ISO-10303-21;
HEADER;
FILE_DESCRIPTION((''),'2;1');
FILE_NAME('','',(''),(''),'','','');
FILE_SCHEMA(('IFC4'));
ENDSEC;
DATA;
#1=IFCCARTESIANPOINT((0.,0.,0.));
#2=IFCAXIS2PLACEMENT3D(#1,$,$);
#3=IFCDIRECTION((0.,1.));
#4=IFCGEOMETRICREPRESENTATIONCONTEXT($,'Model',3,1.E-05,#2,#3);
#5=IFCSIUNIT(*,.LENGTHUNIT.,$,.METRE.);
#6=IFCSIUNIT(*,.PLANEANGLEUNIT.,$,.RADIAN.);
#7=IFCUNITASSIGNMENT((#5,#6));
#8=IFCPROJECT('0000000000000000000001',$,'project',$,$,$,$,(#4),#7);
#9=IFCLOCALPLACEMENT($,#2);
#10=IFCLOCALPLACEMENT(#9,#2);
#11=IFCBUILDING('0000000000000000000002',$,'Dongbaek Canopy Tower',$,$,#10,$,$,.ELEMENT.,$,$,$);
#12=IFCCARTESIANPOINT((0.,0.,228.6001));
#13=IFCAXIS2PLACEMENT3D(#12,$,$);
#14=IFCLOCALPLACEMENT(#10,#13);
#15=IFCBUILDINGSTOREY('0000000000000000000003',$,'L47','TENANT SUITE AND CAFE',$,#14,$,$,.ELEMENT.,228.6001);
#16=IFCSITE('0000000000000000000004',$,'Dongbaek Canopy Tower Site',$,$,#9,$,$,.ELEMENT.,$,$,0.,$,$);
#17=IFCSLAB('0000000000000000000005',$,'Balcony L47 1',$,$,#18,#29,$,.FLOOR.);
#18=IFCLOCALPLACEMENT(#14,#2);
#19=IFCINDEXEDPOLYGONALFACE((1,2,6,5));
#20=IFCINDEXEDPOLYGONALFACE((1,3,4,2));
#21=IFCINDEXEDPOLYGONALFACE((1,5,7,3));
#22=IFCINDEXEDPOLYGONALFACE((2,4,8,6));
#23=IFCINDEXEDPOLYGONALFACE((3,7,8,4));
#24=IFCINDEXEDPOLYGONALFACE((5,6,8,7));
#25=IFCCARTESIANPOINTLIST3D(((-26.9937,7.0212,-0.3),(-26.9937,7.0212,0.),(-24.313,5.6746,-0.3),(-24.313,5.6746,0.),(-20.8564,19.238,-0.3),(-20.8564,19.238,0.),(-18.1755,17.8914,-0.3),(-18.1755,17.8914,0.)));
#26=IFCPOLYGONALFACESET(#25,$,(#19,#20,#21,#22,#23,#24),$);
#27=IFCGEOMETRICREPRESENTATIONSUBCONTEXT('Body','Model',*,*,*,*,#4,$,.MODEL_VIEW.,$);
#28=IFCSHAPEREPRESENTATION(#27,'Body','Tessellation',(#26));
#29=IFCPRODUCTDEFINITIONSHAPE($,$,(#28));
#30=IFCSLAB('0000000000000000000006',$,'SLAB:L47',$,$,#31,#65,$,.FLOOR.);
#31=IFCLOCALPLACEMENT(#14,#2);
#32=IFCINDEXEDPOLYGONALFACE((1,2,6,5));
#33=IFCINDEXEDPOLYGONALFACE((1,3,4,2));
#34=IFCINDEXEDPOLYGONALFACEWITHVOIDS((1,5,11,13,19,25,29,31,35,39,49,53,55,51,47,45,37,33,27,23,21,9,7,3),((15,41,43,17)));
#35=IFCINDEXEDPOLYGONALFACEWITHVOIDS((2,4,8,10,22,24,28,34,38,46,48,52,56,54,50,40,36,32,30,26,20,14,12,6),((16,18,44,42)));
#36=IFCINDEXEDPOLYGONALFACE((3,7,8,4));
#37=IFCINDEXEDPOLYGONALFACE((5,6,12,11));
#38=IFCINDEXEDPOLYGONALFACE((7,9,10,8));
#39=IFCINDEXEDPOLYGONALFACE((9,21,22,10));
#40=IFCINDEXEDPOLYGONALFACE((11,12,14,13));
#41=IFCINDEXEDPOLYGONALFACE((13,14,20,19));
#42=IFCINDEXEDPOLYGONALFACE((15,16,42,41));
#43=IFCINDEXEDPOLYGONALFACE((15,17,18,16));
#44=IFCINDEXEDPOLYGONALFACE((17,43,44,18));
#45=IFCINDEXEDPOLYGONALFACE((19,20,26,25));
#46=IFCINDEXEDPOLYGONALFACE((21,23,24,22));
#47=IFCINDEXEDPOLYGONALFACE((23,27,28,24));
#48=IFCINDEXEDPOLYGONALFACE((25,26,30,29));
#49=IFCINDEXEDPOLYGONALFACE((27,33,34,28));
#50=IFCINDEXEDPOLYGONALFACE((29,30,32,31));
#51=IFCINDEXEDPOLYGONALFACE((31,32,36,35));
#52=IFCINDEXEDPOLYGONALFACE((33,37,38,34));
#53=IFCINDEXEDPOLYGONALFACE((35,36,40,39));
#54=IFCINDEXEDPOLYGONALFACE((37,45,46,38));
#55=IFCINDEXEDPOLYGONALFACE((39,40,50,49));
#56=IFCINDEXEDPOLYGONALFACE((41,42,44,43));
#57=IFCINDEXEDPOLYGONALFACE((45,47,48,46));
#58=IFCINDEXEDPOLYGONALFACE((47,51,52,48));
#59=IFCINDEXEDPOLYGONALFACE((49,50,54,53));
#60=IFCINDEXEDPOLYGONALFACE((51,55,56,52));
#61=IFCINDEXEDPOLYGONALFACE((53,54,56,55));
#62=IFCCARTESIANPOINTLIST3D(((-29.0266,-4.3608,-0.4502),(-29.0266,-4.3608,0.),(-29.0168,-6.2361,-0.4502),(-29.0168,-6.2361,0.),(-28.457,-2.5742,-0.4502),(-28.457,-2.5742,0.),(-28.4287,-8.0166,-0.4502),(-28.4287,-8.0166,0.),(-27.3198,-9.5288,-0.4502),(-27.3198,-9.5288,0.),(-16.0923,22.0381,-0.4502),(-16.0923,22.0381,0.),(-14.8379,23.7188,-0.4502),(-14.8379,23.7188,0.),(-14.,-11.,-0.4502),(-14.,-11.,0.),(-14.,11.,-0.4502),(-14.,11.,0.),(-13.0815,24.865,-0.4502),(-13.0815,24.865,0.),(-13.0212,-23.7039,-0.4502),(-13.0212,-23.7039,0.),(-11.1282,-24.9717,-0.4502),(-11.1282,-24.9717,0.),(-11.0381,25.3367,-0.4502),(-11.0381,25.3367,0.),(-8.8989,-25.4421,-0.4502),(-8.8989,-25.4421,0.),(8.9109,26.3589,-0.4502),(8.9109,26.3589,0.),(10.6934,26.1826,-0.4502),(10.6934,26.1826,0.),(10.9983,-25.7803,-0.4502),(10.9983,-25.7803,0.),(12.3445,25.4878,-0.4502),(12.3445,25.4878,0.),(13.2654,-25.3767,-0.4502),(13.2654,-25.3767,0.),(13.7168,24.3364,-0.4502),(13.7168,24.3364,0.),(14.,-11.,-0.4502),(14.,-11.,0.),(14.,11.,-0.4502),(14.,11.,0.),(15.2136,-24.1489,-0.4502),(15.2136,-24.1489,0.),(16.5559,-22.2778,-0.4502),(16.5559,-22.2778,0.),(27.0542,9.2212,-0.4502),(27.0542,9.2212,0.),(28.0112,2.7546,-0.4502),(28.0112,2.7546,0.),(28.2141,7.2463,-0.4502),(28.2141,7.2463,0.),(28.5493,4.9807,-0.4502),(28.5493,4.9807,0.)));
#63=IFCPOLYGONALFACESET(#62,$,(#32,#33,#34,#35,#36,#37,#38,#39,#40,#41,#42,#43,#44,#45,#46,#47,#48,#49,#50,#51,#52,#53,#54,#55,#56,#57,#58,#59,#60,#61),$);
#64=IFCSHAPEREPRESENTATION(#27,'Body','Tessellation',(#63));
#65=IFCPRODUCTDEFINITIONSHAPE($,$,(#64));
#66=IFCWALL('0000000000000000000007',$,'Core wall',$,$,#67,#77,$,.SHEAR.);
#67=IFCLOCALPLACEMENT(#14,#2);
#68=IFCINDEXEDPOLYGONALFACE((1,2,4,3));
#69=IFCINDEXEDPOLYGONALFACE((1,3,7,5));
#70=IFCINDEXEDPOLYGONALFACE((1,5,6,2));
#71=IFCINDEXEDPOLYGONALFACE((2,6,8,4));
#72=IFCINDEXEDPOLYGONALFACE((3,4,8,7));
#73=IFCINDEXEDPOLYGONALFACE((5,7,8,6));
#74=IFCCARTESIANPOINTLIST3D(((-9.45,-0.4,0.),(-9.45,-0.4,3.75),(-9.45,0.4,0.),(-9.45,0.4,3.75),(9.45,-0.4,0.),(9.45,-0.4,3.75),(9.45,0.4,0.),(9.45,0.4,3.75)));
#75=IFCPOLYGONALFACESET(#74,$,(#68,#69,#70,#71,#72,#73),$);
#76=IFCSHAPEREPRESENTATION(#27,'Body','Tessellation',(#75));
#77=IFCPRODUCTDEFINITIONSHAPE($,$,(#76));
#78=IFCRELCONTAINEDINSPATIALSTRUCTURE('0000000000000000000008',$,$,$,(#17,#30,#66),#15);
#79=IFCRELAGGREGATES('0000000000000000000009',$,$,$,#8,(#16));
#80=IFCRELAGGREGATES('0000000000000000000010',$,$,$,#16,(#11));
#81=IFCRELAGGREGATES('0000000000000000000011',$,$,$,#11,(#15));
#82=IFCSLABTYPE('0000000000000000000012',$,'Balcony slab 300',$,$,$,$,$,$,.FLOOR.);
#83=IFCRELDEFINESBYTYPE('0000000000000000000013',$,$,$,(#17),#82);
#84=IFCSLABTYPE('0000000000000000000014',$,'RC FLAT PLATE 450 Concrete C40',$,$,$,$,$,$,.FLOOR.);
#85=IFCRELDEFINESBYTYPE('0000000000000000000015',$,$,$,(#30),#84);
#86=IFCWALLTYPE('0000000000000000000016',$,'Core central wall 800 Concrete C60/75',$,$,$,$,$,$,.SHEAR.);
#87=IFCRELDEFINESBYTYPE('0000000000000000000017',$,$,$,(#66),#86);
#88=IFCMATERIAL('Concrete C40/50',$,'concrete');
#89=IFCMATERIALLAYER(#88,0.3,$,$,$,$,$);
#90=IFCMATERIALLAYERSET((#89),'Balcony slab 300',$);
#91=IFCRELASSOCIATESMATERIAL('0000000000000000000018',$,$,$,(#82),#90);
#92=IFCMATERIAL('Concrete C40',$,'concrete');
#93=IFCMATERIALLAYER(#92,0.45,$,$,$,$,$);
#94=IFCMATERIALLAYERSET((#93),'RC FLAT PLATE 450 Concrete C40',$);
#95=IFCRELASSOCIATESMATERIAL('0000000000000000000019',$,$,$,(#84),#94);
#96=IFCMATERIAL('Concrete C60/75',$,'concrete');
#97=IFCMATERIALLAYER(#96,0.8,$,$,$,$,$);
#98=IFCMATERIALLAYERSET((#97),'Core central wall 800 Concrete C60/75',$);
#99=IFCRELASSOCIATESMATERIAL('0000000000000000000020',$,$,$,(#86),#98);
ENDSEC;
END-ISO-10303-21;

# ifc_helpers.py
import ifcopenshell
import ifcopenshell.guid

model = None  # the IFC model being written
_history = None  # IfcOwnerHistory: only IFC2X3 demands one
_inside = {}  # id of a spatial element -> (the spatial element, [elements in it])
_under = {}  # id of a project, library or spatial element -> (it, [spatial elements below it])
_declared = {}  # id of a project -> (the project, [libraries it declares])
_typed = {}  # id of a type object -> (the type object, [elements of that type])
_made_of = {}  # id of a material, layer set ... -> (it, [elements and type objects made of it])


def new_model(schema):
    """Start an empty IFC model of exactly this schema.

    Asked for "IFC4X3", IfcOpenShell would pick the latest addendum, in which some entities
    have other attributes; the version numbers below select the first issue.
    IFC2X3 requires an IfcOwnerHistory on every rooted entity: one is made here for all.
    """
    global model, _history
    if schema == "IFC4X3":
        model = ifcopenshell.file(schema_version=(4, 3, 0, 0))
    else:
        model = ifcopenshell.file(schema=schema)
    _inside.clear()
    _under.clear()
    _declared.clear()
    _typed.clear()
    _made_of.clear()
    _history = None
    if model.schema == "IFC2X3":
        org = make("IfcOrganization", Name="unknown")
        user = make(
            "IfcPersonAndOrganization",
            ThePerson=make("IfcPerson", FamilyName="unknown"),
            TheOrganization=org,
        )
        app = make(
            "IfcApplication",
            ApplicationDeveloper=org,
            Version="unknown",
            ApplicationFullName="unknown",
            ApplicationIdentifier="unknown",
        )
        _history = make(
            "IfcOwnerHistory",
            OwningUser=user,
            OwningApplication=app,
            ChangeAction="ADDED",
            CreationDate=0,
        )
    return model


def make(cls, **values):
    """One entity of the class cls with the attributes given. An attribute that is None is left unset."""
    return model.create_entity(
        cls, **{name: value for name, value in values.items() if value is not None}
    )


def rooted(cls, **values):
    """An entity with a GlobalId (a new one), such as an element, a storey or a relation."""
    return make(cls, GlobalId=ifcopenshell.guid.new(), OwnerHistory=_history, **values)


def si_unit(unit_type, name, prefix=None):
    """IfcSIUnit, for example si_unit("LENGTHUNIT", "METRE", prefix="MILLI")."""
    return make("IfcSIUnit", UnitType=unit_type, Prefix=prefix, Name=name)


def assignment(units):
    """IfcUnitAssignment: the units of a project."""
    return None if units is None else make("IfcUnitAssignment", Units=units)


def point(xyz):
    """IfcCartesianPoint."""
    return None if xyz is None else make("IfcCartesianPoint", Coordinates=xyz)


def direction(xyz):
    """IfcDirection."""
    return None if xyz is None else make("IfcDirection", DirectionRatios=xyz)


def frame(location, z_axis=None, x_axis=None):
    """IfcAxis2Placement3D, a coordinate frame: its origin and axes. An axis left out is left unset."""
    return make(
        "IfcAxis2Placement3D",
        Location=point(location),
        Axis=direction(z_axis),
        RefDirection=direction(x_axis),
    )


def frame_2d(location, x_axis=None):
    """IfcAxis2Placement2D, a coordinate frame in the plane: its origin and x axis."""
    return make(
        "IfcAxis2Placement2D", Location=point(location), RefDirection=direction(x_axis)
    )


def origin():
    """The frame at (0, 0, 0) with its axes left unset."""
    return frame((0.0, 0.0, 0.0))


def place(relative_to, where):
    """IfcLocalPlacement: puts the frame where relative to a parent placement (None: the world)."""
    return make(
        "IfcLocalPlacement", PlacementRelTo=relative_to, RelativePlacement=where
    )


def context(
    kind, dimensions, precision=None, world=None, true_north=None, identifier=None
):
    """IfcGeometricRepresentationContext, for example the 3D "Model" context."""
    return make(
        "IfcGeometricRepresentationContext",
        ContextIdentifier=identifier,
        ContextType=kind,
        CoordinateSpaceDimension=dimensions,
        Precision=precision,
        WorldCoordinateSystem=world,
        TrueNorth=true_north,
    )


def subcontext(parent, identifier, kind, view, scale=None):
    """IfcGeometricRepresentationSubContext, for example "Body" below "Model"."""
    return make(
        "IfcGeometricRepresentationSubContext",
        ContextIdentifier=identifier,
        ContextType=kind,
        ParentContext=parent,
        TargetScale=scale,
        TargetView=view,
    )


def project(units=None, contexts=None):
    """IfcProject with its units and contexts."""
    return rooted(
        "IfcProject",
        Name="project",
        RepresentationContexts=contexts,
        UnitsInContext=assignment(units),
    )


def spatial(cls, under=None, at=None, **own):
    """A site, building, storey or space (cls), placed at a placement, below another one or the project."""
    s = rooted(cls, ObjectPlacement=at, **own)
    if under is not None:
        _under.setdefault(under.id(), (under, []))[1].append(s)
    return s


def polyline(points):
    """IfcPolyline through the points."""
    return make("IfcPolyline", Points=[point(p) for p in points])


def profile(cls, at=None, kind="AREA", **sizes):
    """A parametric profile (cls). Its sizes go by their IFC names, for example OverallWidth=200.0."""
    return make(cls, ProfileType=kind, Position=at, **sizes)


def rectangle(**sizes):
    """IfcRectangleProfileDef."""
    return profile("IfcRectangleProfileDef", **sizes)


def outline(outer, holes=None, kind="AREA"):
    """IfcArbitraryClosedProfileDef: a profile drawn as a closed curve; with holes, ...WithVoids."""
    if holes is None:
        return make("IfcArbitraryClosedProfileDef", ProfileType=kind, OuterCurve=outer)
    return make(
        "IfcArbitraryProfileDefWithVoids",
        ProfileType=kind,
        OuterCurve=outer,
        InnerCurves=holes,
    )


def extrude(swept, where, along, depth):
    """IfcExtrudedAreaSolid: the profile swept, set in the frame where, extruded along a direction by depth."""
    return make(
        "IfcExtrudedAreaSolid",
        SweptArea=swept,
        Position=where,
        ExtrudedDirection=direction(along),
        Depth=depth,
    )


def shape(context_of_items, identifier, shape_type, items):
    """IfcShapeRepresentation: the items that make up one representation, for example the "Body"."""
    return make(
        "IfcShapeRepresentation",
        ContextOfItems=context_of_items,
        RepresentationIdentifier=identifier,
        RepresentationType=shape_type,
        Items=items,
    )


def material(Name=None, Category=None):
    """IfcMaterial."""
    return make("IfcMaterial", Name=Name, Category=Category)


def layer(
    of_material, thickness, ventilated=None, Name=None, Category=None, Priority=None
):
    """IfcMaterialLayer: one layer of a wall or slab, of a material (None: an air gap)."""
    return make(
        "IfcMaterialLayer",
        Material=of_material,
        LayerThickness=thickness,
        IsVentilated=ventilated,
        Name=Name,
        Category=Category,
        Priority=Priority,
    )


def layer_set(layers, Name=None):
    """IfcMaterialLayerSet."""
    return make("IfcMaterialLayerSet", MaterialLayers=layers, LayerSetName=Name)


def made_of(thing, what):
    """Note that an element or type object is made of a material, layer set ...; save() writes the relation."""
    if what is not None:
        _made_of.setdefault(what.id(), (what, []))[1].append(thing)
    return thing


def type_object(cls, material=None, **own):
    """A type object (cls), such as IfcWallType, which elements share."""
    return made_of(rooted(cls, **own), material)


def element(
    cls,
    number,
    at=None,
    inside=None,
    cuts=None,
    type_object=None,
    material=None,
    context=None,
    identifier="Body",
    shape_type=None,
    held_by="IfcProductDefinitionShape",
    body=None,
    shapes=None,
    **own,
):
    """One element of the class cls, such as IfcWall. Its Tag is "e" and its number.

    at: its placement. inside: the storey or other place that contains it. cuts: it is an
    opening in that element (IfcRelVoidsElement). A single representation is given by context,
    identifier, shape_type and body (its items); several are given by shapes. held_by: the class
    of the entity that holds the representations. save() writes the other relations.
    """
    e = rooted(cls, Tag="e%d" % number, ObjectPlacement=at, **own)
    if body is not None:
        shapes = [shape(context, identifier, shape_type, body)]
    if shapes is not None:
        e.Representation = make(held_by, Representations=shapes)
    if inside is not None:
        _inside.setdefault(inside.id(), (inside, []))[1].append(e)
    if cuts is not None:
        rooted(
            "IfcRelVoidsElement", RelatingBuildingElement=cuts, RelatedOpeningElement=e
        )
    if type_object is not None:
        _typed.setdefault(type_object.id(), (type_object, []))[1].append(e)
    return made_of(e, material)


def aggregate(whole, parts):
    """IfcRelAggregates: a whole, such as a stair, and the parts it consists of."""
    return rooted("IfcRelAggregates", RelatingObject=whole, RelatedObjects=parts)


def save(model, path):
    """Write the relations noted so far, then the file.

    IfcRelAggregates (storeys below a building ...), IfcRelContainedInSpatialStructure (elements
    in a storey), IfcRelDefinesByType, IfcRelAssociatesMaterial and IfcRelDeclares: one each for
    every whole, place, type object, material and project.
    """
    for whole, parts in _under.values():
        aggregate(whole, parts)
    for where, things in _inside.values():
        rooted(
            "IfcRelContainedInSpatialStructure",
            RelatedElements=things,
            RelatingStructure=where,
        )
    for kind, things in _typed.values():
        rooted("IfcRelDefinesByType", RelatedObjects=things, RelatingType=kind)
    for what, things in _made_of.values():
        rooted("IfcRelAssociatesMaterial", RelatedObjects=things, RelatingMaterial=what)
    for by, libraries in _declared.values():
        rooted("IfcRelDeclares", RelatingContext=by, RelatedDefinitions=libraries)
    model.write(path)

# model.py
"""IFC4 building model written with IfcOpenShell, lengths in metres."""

from ifc_helpers import new_model, si_unit, direction, frame, frame_2d, origin, place, context, subcontext, project, spatial, polyline, rectangle, outline, extrude, material, layer, layer_set, type_object, element, save


model = new_model("IFC4")

# Units and contexts
model_context = context("Model", 3, precision=1e-05, world=origin(), true_north=direction((0.0, 1.0)))
body_context = subcontext(model_context, "Body", "Model", "MODEL_VIEW")
ifc_project = project(units=[si_unit("LENGTHUNIT", "METRE"), si_unit("PLANEANGLEUNIT", "RADIAN")], contexts=[model_context])

# Site, building, storey
site_placement = place(None, origin())
site = spatial("IfcSite", under=ifc_project, at=site_placement, Name="Dongbaek Canopy Tower Site", CompositionType="ELEMENT", RefElevation=0.0)
building_placement = place(site_placement, origin())
building = spatial("IfcBuilding", under=site, at=building_placement, Name="Dongbaek Canopy Tower", CompositionType="ELEMENT")
storey_placement = place(building_placement, frame((0.0, 0.0, 228.6001)))
storey = spatial("IfcBuildingStorey", under=building, at=storey_placement, Name="L47", Description="TENANT SUITE AND CAFE", CompositionType="ELEMENT", Elevation=228.6001)

# Slabs
ifc_material_1 = material(Name="Concrete C40/50", Category="concrete")
ifc_layer_1 = layer(ifc_material_1, 0.3)
ifc_layer_set_1 = layer_set([ifc_layer_1], Name="Balcony slab 300")
slab_type_1 = type_object("IfcSlabType", Name="Balcony slab 300", PredefinedType="FLOOR", material=ifc_layer_set_1)
slab_1_placement = place(storey_placement, frame((0.0, 0.0, -0.3)))
element("IfcSlab", 1, at=slab_1_placement, inside=storey, type_object=slab_type_1, Name="Balcony L47 1", PredefinedType="FLOOR", context=body_context, shape_type="SweptSolid", body=[
    extrude(outline(polyline([(-18.1755, 17.8914), (-24.313, 5.6746), (-26.9937, 7.0212), (-20.8564, 19.238), (-18.1755, 17.8914)])), origin(), (0.0, 0.0, 1.0), 0.3),
])
ifc_material_2 = material(Name="Concrete C40", Category="concrete")
ifc_layer_2 = layer(ifc_material_2, 0.45)
ifc_layer_set_2 = layer_set([ifc_layer_2], Name="RC FLAT PLATE 450 Concrete C40")
slab_type_2 = type_object("IfcSlabType", Name="RC FLAT PLATE 450 Concrete C40", PredefinedType="FLOOR", material=ifc_layer_set_2)
slab_2_placement = place(storey_placement, frame((0.0, 0.0, -0.4502)))
element("IfcSlab", 2, at=slab_2_placement, inside=storey, type_object=slab_type_2, Name="SLAB:L47", PredefinedType="FLOOR", context=body_context, shape_type="SweptSolid", body=[
    extrude(outline(polyline([(16.5559, -22.2778), (15.2136, -24.1489), (13.2654, -25.3767), (10.9983, -25.7803), (-8.8989, -25.4421), (-11.1282, -24.9717), (-13.0212, -23.7039), (-27.3198, -9.5288), (-28.4287, -8.0166), (-29.0168, -6.2361), (-29.0266, -4.3608), (-28.457, -2.5742), (-16.0923, 22.0381), (-14.8379, 23.7188), (-13.0815, 24.865), (-11.0381, 25.3367), (8.9109, 26.3589), (10.6934, 26.1826), (12.3445, 25.4878), (13.7168, 24.3364), (27.0542, 9.2212), (28.2141, 7.2463), (28.5493, 4.9807), (28.0112, 2.7546), (16.5559, -22.2778)]), holes=[polyline([(14.0, 11.0), (-14.0, 11.0), (-14.0, -11.0), (14.0, -11.0), (14.0, 11.0)])]), origin(), (0.0, 0.0, 1.0), 0.4502),
])

# Wall
ifc_material_3 = material(Name="Concrete C60/75", Category="concrete")
ifc_layer_3 = layer(ifc_material_3, 0.8)
ifc_layer_set_3 = layer_set([ifc_layer_3], Name="Core central wall 800 Concrete C60/75")
wall_type_1 = type_object("IfcWallType", Name="Core central wall 800 Concrete C60/75", PredefinedType="SHEAR", material=ifc_layer_set_3)
wall_1_placement = place(storey_placement, frame((-9.45, 0.0, 0.0), z_axis=(0.0, 0.0, 1.0), x_axis=(1.0, 0.0, 0.0)))
element("IfcWall", 3, at=wall_1_placement, inside=storey, type_object=wall_type_1, Name="Core wall", PredefinedType="SHEAR", context=body_context, shape_type="SweptSolid", body=[
    extrude(rectangle(XDim=18.8999, YDim=0.8, at=frame_2d((9.45, 0.0))), origin(), (0.0, 0.0, 1.0), 3.75),
])

save(model, "model.ifc")
